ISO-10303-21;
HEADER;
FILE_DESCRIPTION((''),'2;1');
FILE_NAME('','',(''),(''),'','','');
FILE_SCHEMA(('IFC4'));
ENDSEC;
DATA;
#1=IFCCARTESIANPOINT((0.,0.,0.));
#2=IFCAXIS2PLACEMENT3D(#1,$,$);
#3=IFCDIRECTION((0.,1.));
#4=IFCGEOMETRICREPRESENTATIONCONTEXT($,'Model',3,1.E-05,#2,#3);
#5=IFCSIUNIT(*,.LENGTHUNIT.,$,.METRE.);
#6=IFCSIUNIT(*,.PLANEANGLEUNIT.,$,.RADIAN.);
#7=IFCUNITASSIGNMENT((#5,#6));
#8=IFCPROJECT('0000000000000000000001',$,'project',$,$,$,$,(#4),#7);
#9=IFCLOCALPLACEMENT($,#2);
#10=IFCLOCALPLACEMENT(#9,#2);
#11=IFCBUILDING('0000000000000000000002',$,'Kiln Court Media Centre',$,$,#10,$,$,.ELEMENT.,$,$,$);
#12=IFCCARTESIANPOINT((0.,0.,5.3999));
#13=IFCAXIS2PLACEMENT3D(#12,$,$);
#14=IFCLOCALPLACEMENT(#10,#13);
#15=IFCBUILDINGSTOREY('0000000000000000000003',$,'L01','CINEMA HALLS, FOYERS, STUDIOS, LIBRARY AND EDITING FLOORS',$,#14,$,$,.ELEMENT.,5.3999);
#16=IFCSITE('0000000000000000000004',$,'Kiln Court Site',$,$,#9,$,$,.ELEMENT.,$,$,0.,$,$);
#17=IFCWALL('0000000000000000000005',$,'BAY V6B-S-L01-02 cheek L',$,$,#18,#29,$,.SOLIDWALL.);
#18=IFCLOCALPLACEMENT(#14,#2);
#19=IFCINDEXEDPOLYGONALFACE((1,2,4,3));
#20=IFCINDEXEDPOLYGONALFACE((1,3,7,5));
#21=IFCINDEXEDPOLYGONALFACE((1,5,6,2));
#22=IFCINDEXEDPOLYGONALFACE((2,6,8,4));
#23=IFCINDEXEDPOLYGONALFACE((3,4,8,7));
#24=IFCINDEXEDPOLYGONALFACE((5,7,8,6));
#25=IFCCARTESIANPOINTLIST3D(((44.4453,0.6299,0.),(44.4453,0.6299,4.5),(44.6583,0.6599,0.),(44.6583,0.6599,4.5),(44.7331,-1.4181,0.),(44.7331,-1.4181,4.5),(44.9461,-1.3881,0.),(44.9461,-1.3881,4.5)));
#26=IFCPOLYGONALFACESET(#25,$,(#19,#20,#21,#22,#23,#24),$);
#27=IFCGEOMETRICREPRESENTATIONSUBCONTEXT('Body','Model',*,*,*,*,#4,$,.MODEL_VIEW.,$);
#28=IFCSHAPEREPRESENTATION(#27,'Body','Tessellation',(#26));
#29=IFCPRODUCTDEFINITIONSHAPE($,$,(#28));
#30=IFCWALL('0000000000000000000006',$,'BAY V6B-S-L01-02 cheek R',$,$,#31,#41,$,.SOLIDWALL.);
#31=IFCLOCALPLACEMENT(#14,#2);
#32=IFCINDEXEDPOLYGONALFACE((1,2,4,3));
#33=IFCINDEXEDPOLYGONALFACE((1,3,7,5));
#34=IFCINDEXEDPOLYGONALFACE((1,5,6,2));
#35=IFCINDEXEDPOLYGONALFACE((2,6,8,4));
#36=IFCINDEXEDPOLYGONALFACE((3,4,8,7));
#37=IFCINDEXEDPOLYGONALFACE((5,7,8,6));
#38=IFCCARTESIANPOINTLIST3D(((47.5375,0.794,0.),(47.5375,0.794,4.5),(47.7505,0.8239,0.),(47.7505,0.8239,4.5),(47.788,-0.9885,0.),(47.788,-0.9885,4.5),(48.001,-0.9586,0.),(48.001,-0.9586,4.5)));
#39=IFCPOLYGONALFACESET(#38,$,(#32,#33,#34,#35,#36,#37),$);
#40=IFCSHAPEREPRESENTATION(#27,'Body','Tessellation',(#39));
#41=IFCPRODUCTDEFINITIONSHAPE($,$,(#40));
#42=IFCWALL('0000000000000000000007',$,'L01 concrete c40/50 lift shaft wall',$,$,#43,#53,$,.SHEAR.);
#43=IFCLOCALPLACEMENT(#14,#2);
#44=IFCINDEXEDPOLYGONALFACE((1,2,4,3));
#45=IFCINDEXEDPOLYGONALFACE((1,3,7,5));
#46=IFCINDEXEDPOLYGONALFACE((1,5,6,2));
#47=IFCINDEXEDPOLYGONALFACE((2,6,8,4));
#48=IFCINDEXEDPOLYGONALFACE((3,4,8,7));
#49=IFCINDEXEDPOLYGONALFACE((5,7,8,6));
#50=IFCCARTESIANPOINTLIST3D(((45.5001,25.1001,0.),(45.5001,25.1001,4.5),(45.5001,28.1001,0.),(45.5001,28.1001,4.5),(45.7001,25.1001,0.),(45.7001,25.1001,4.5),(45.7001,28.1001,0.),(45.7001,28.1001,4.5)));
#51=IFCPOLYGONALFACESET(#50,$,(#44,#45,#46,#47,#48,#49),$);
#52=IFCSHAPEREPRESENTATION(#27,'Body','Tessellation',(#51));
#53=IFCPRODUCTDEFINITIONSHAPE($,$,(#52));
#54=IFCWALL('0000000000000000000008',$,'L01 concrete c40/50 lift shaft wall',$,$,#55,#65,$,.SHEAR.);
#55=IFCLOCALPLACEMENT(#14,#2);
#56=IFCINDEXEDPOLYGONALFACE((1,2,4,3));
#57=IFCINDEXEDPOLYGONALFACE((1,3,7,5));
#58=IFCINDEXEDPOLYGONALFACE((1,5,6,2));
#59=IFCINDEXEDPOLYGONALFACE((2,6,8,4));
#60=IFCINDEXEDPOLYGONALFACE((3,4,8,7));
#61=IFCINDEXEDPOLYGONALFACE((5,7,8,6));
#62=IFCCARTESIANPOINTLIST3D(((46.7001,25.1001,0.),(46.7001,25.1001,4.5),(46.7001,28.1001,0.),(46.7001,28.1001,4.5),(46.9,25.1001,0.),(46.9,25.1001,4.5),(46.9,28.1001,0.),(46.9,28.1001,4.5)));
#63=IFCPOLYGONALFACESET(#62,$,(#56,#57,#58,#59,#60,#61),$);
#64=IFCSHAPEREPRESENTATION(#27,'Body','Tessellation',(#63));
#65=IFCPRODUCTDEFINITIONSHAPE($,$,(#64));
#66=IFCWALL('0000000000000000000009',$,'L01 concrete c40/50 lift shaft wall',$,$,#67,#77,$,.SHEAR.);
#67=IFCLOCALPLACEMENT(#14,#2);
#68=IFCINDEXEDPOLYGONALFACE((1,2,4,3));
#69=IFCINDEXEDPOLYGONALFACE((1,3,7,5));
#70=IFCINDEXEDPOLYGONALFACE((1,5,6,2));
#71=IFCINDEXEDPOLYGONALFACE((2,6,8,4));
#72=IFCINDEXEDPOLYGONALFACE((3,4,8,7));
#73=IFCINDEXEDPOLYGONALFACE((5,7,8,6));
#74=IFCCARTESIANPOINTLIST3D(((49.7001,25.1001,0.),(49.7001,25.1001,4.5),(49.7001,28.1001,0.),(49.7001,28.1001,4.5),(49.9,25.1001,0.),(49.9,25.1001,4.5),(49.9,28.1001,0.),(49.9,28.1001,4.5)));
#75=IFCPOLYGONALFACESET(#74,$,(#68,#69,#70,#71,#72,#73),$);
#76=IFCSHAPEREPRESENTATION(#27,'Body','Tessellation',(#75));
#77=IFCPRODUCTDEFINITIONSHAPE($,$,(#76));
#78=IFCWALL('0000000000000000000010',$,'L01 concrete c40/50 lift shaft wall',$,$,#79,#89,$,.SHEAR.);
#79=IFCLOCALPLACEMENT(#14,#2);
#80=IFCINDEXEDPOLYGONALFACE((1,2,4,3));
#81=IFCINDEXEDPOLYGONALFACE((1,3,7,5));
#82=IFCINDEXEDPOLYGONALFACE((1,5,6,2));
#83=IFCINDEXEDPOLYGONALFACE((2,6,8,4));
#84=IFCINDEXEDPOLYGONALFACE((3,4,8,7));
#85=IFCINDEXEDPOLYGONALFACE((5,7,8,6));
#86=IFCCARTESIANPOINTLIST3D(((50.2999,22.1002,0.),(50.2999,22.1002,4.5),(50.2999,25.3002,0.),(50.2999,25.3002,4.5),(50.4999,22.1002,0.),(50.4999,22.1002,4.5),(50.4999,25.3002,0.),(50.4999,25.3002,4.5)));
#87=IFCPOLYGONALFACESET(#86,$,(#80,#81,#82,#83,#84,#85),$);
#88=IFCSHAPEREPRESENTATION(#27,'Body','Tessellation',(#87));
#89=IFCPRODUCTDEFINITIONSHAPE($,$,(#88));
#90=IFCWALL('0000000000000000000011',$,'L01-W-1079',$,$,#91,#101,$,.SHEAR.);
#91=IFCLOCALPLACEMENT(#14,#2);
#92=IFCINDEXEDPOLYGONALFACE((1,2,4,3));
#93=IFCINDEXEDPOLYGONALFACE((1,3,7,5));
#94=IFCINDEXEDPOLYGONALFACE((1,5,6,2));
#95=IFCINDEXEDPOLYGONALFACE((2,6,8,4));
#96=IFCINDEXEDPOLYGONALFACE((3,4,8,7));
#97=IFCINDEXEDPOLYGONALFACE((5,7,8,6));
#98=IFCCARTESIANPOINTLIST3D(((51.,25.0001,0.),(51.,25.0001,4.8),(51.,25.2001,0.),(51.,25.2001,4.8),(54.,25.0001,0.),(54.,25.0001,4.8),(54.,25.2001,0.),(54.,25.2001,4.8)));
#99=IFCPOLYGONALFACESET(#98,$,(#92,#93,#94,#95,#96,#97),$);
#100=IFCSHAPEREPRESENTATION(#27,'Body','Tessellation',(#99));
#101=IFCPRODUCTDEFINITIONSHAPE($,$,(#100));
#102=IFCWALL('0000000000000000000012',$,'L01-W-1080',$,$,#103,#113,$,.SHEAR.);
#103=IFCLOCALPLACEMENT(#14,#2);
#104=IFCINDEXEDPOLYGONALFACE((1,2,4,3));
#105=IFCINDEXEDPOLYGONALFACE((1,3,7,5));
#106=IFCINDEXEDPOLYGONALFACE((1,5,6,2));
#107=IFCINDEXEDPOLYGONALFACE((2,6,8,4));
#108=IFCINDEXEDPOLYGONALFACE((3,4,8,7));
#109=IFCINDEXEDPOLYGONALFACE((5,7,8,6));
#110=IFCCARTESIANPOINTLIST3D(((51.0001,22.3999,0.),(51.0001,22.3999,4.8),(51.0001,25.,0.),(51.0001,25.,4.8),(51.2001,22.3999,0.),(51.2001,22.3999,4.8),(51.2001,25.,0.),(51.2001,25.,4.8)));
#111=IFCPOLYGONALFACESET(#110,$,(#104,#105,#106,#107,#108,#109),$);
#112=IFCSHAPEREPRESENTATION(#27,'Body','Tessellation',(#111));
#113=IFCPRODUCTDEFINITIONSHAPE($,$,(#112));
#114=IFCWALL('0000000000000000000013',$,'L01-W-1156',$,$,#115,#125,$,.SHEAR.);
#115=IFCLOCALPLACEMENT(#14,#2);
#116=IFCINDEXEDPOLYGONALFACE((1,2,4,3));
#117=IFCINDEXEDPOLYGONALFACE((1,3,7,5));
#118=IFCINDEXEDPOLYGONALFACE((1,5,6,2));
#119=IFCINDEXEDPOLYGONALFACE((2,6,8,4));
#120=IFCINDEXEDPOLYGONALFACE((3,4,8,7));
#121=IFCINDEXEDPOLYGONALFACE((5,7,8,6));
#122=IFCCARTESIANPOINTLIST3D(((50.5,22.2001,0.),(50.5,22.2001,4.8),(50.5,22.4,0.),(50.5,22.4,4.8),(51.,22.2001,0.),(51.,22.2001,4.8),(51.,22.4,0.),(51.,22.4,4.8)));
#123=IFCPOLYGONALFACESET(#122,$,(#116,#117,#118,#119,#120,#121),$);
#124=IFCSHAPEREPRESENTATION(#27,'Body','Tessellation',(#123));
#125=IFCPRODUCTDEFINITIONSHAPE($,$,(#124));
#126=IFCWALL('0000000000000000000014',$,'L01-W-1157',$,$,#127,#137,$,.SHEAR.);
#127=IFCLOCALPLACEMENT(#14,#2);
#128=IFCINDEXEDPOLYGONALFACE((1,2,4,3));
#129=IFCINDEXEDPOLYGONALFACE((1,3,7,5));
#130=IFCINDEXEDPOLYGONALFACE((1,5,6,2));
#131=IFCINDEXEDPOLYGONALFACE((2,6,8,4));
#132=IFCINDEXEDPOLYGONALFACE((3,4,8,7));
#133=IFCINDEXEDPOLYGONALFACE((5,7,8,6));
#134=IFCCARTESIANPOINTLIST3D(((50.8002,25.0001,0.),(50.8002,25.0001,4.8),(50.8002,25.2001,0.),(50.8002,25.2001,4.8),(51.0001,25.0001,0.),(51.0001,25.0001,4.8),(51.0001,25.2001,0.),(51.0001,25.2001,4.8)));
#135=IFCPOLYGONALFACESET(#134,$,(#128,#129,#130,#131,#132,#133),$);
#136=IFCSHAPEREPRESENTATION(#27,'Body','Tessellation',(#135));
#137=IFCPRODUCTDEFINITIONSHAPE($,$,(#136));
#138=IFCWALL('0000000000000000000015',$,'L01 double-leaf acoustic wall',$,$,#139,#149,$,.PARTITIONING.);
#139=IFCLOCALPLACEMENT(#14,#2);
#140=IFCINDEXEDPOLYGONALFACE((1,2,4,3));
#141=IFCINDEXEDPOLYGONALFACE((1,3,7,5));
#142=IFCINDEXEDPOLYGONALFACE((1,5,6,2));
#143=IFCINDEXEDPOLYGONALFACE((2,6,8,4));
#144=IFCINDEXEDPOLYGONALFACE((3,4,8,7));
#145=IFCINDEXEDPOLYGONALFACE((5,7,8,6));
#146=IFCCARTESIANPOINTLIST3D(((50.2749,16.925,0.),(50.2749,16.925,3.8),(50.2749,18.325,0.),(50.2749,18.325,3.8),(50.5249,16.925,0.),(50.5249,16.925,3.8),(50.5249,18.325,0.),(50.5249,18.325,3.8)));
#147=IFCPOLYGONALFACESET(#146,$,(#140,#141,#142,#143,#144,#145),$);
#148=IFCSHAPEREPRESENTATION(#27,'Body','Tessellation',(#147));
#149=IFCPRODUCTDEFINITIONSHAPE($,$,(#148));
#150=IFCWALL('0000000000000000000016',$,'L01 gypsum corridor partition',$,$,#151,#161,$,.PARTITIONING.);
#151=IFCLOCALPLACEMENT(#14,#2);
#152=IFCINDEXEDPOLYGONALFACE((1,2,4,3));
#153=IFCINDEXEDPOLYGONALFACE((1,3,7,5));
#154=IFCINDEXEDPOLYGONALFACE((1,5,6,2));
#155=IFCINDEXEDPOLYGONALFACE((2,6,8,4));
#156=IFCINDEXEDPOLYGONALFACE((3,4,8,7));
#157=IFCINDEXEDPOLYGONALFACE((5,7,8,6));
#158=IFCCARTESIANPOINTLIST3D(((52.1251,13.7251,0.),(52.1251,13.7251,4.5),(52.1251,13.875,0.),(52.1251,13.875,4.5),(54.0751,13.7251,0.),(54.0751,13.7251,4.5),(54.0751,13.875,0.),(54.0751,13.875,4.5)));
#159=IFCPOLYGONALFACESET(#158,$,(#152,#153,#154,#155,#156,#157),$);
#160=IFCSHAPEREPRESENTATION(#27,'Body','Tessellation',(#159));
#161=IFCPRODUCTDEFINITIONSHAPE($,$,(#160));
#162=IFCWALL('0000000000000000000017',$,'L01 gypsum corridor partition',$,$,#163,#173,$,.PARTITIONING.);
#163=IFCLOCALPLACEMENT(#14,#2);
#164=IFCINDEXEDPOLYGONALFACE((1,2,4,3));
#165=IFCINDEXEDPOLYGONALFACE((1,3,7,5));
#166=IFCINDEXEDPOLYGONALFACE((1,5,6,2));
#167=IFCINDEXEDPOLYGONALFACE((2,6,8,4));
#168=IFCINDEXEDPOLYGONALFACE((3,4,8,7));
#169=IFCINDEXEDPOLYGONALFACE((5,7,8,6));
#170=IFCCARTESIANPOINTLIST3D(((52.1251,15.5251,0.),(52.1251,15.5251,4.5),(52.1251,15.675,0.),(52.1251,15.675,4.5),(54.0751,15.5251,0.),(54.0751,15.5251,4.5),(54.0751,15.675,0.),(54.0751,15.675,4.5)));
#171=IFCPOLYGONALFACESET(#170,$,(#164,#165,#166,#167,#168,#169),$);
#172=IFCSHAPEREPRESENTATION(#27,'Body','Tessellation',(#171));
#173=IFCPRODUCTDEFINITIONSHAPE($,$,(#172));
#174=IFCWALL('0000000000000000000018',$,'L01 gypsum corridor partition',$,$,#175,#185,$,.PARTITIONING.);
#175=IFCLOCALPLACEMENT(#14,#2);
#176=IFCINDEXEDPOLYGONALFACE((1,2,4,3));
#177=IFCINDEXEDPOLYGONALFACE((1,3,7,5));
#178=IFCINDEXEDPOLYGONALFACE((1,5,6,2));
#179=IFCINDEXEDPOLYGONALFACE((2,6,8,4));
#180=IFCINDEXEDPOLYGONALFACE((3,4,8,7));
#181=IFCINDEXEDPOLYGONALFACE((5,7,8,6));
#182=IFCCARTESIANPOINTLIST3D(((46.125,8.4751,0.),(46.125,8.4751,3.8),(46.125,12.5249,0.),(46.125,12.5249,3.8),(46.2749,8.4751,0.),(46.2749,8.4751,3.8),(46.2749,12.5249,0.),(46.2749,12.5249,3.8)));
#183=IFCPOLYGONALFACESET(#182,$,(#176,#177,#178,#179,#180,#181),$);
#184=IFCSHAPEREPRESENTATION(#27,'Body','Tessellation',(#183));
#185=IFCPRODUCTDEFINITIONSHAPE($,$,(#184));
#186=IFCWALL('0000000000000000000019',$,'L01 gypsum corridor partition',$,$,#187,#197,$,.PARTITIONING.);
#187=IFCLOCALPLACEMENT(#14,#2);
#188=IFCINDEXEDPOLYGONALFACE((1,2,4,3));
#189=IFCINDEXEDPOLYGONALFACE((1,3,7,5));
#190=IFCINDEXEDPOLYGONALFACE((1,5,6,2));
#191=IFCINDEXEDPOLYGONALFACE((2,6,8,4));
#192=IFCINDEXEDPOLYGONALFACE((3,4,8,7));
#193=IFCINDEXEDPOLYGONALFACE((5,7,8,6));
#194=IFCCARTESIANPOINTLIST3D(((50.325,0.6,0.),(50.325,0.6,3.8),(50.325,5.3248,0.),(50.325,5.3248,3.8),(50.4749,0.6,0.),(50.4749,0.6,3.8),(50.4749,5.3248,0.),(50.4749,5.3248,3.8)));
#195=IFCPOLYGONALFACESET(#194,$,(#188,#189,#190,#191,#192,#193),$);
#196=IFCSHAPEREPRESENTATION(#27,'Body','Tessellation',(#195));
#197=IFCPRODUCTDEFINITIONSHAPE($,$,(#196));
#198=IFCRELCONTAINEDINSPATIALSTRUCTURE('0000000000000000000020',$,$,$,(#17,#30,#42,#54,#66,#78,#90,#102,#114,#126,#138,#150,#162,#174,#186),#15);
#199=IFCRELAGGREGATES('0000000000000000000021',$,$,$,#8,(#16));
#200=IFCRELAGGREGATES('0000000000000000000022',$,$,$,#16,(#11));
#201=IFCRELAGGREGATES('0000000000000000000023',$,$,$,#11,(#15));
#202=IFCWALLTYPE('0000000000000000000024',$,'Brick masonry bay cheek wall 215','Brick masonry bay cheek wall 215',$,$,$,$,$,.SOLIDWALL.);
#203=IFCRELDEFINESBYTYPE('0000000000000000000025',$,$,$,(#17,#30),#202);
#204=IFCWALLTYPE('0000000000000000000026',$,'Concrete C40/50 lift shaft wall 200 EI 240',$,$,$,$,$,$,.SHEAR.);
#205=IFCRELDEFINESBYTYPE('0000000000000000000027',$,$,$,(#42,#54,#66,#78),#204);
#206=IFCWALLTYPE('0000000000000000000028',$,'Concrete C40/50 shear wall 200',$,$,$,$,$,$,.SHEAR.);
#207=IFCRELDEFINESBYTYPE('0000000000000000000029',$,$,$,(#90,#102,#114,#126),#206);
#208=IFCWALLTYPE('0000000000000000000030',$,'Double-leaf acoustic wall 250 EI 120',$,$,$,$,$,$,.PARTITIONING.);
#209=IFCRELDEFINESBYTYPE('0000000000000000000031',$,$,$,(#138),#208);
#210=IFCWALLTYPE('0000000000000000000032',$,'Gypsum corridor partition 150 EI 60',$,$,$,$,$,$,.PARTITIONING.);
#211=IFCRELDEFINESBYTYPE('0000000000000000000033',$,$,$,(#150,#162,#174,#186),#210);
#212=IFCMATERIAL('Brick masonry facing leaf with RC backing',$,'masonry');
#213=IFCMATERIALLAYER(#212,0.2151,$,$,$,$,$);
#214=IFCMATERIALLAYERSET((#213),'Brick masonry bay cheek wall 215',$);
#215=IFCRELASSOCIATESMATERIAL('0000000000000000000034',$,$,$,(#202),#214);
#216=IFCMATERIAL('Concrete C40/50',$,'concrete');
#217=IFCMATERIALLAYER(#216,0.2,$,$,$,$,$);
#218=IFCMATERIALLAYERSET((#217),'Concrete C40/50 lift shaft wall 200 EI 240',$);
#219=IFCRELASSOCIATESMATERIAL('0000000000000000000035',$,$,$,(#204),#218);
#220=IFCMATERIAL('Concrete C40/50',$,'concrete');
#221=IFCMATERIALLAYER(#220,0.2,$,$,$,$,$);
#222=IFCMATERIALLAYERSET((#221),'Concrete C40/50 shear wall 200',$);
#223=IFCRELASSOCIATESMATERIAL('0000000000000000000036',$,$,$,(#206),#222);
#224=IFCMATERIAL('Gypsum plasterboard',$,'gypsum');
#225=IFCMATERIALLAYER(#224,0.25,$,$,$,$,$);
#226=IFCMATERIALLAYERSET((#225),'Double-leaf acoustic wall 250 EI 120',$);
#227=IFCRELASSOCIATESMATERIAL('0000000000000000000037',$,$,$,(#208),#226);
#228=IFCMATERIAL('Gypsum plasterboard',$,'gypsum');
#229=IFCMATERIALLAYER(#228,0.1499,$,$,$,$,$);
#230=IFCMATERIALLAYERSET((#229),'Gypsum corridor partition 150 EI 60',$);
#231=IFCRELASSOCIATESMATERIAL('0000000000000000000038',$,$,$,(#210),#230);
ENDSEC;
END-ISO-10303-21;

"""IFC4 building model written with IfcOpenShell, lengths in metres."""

from ifc_helpers import new_model, si_unit, direction, frame, frame_2d, origin, place, context, subcontext, project, spatial, rectangle, extrude, material, layer, layer_set, type_object, element, save


model = new_model("IFC4")

# Units and contexts
model_context = context("Model", 3, precision=1e-05, world=origin(), true_north=direction((0.0, 1.0)))
body_context = subcontext(model_context, "Body", "Model", "MODEL_VIEW")
ifc_project = project(units=[si_unit("LENGTHUNIT", "METRE"), si_unit("PLANEANGLEUNIT", "RADIAN")], contexts=[model_context])

# Site, building, storey
site_placement = place(None, origin())
site = spatial("IfcSite", under=ifc_project, at=site_placement, Name="Kiln Court Site", CompositionType="ELEMENT", RefElevation=0.0)
building_placement = place(site_placement, origin())
building = spatial("IfcBuilding", under=site, at=building_placement, Name="Kiln Court Media Centre", CompositionType="ELEMENT")
storey_placement = place(building_placement, frame((0.0, 0.0, 5.3999)))
storey = spatial("IfcBuildingStorey", under=building, at=storey_placement, Name="L01", Description="CINEMA HALLS, FOYERS, STUDIOS, LIBRARY AND EDITING FLOORS", CompositionType="ELEMENT", Elevation=5.3999)

# Walls
ifc_material_1 = material(Name="Brick masonry facing leaf with RC backing", Category="masonry")
ifc_layer_1 = layer(ifc_material_1, 0.2151)
ifc_layer_set_1 = layer_set([ifc_layer_1], Name="Brick masonry bay cheek wall 215")
wall_type_1 = type_object("IfcWallType", Name="Brick masonry bay cheek wall 215", Description="Brick masonry bay cheek wall 215", PredefinedType="SOLIDWALL", material=ifc_layer_set_1)
wall_1_placement = place(storey_placement, frame((44.5518, 0.645, 0.0), z_axis=(0.0, 0.0, 1.0), x_axis=(0.139173, -0.990268, 0.0)))
element("IfcWall", 1, at=wall_1_placement, inside=storey, type_object=wall_type_1, Name="BAY V6B-S-L01-02 cheek L", PredefinedType="SOLIDWALL", context=body_context, shape_type="SweptSolid", body=[
    extrude(rectangle(XDim=2.0681, YDim=0.2151, at=frame_2d((1.0342, 0.0))), origin(), (0.0, 0.0, 1.0), 4.5),
])
wall_2_placement = place(storey_placement, frame((47.644, 0.8088, 0.0), z_axis=(0.0, 0.0, 1.0), x_axis=(0.139161, -0.99027, 0.0)))
element("IfcWall", 2, at=wall_2_placement, inside=storey, type_object=wall_type_1, Name="BAY V6B-S-L01-02 cheek R", PredefinedType="SOLIDWALL", context=body_context, shape_type="SweptSolid", body=[
    extrude(rectangle(XDim=1.8, YDim=0.2151, at=frame_2d((0.8999, 0.0))), origin(), (0.0, 0.0, 1.0), 4.5),
])
ifc_material_2 = material(Name="Concrete C40/50", Category="concrete")
ifc_layer_2 = layer(ifc_material_2, 0.2)
ifc_layer_set_2 = layer_set([ifc_layer_2], Name="Concrete C40/50 lift shaft wall 200 EI 240")
wall_type_2 = type_object("IfcWallType", Name="Concrete C40/50 lift shaft wall 200 EI 240", PredefinedType="SHEAR", material=ifc_layer_set_2)
for number, where, z_axis, x_axis, name in (
    (3, (45.6001, 25.1001, 0.0), (0.0, 0.0, 1.0), (0.0, 1.0, 0.0), "L01 concrete c40/50 lift shaft wall"),
    (4, (46.8, 25.1001, 0.0), (0.0, 0.0, 1.0), (0.0, 1.0, 0.0), "L01 concrete c40/50 lift shaft wall"),
    (5, (49.8, 25.1001, 0.0), (0.0, 0.0, 1.0), (0.0, 1.0, 0.0), "L01 concrete c40/50 lift shaft wall"),
):
    element("IfcWall", number, at=place(storey_placement, frame(where, z_axis=z_axis, x_axis=x_axis)), inside=storey, type_object=wall_type_2, Name=name, PredefinedType="SHEAR", context=body_context, shape_type="SweptSolid", body=[
        extrude(rectangle(XDim=3.0, YDim=0.2, at=frame_2d((1.5, 0.0))), origin(), (0.0, 0.0, 1.0), 4.5),
    ])
wall_3_placement = place(storey_placement, frame((50.3999, 22.1001, 0.0), z_axis=(0.0, 0.0, 1.0), x_axis=(0.0, 1.0, 0.0)))
element("IfcWall", 6, at=wall_3_placement, inside=storey, type_object=wall_type_2, Name="L01 concrete c40/50 lift shaft wall", PredefinedType="SHEAR", context=body_context, shape_type="SweptSolid", body=[
    extrude(rectangle(XDim=3.2, YDim=0.2, at=frame_2d((1.6001, 0.0))), origin(), (0.0, 0.0, 1.0), 4.5),
])
ifc_material_3 = material(Name="Concrete C40/50", Category="concrete")
ifc_layer_3 = layer(ifc_material_3, 0.2)
ifc_layer_set_3 = layer_set([ifc_layer_3], Name="Concrete C40/50 shear wall 200")
wall_type_3 = type_object("IfcWallType", Name="Concrete C40/50 shear wall 200", PredefinedType="SHEAR", material=ifc_layer_set_3)
wall_4_placement = place(storey_placement, frame((51.0, 25.1001, 0.0), z_axis=(0.0, 0.0, 1.0), x_axis=(1.0, 0.0, 0.0)))
element("IfcWall", 7, at=wall_4_placement, inside=storey, type_object=wall_type_3, Name="L01-W-1079", PredefinedType="SHEAR", context=body_context, shape_type="SweptSolid", body=[
    extrude(rectangle(XDim=3.0, YDim=0.2, at=frame_2d((1.5, 0.0))), origin(), (0.0, 0.0, 1.0), 4.8),
])
wall_5_placement = place(storey_placement, frame((51.1001, 22.3999, 0.0), z_axis=(0.0, 0.0, 1.0), x_axis=(0.0, 1.0, 0.0)))
element("IfcWall", 8, at=wall_5_placement, inside=storey, type_object=wall_type_3, Name="L01-W-1080", PredefinedType="SHEAR", context=body_context, shape_type="SweptSolid", body=[
    extrude(rectangle(XDim=2.6001, YDim=0.2, at=frame_2d((1.3, 0.0))), origin(), (0.0, 0.0, 1.0), 4.8),
])
wall_6_placement = place(storey_placement, frame((51.0, 22.3, 0.0), z_axis=(0.0, 0.0, 1.0), x_axis=(-1.0, 0.0, 0.0)))
element("IfcWall", 9, at=wall_6_placement, inside=storey, type_object=wall_type_3, Name="L01-W-1156", PredefinedType="SHEAR", context=body_context, shape_type="SweptSolid", body=[
    extrude(rectangle(XDim=0.5, YDim=0.2, at=frame_2d((0.25, 0.0))), origin(), (0.0, 0.0, 1.0), 4.8),
])
wall_7_placement = place(storey_placement, frame((50.8, 25.1001, 0.0), z_axis=(0.0, 0.0, 1.0), x_axis=(1.0, 0.0, 0.0)))
element("IfcWall", 10, at=wall_7_placement, inside=storey, type_object=wall_type_3, Name="L01-W-1157", PredefinedType="SHEAR", context=body_context, shape_type="SweptSolid", body=[
    extrude(rectangle(XDim=0.2, YDim=0.2, at=frame_2d((0.1001, 0.0))), origin(), (0.0, 0.0, 1.0), 4.8),
])
ifc_material_4 = material(Name="Gypsum plasterboard", Category="gypsum")
ifc_layer_4 = layer(ifc_material_4, 0.25)
ifc_layer_set_4 = layer_set([ifc_layer_4], Name="Double-leaf acoustic wall 250 EI 120")
wall_type_4 = type_object("IfcWallType", Name="Double-leaf acoustic wall 250 EI 120", PredefinedType="PARTITIONING", material=ifc_layer_set_4)
wall_8_placement = place(storey_placement, frame((50.3999, 16.925, 0.0), z_axis=(0.0, 0.0, 1.0), x_axis=(0.0, 1.0, 0.0)))
element("IfcWall", 11, at=wall_8_placement, inside=storey, type_object=wall_type_4, Name="L01 double-leaf acoustic wall", PredefinedType="PARTITIONING", context=body_context, shape_type="SweptSolid", body=[
    extrude(rectangle(XDim=1.3999, YDim=0.25, at=frame_2d((0.7, 0.0))), origin(), (0.0, 0.0, 1.0), 3.8),
])
ifc_material_5 = material(Name="Gypsum plasterboard", Category="gypsum")
ifc_layer_5 = layer(ifc_material_5, 0.1499)
ifc_layer_set_5 = layer_set([ifc_layer_5], Name="Gypsum corridor partition 150 EI 60")
wall_type_5 = type_object("IfcWallType", Name="Gypsum corridor partition 150 EI 60", PredefinedType="PARTITIONING", material=ifc_layer_set_5)
for number, where, z_axis, x_axis, name in (
    (12, (52.125, 13.8, 0.0), (0.0, 0.0, 1.0), (1.0, 0.0, 0.0), "L01 gypsum corridor partition"),
    (13, (52.125, 15.6001, 0.0), (0.0, 0.0, 1.0), (1.0, 0.0, 0.0), "L01 gypsum corridor partition"),
):
    element("IfcWall", number, at=place(storey_placement, frame(where, z_axis=z_axis, x_axis=x_axis)), inside=storey, type_object=wall_type_5, Name=name, PredefinedType="PARTITIONING", context=body_context, shape_type="SweptSolid", body=[
        extrude(rectangle(XDim=1.95, YDim=0.1499, at=frame_2d((0.9751, 0.0))), origin(), (0.0, 0.0, 1.0), 4.5),
    ])
wall_9_placement = place(storey_placement, frame((46.2, 8.4751, 0.0), z_axis=(0.0, 0.0, 1.0), x_axis=(0.0, 1.0, 0.0)))
element("IfcWall", 14, at=wall_9_placement, inside=storey, type_object=wall_type_5, Name="L01 gypsum corridor partition", PredefinedType="PARTITIONING", context=body_context, shape_type="SweptSolid", body=[
    extrude(rectangle(XDim=4.0498, YDim=0.1499, at=frame_2d((2.0249, 0.0))), origin(), (0.0, 0.0, 1.0), 3.8),
])
wall_10_placement = place(storey_placement, frame((50.3999, 0.6001, 0.0), z_axis=(0.0, 0.0, 1.0), x_axis=(0.0, 1.0, 0.0)))
element("IfcWall", 15, at=wall_10_placement, inside=storey, type_object=wall_type_5, Name="L01 gypsum corridor partition", PredefinedType="PARTITIONING", context=body_context, shape_type="SweptSolid", body=[
    extrude(rectangle(XDim=4.7249, YDim=0.1499, at=frame_2d((2.3623, 0.0))), origin(), (0.0, 0.0, 1.0), 3.8),
])

save(model, "model.ifc")
